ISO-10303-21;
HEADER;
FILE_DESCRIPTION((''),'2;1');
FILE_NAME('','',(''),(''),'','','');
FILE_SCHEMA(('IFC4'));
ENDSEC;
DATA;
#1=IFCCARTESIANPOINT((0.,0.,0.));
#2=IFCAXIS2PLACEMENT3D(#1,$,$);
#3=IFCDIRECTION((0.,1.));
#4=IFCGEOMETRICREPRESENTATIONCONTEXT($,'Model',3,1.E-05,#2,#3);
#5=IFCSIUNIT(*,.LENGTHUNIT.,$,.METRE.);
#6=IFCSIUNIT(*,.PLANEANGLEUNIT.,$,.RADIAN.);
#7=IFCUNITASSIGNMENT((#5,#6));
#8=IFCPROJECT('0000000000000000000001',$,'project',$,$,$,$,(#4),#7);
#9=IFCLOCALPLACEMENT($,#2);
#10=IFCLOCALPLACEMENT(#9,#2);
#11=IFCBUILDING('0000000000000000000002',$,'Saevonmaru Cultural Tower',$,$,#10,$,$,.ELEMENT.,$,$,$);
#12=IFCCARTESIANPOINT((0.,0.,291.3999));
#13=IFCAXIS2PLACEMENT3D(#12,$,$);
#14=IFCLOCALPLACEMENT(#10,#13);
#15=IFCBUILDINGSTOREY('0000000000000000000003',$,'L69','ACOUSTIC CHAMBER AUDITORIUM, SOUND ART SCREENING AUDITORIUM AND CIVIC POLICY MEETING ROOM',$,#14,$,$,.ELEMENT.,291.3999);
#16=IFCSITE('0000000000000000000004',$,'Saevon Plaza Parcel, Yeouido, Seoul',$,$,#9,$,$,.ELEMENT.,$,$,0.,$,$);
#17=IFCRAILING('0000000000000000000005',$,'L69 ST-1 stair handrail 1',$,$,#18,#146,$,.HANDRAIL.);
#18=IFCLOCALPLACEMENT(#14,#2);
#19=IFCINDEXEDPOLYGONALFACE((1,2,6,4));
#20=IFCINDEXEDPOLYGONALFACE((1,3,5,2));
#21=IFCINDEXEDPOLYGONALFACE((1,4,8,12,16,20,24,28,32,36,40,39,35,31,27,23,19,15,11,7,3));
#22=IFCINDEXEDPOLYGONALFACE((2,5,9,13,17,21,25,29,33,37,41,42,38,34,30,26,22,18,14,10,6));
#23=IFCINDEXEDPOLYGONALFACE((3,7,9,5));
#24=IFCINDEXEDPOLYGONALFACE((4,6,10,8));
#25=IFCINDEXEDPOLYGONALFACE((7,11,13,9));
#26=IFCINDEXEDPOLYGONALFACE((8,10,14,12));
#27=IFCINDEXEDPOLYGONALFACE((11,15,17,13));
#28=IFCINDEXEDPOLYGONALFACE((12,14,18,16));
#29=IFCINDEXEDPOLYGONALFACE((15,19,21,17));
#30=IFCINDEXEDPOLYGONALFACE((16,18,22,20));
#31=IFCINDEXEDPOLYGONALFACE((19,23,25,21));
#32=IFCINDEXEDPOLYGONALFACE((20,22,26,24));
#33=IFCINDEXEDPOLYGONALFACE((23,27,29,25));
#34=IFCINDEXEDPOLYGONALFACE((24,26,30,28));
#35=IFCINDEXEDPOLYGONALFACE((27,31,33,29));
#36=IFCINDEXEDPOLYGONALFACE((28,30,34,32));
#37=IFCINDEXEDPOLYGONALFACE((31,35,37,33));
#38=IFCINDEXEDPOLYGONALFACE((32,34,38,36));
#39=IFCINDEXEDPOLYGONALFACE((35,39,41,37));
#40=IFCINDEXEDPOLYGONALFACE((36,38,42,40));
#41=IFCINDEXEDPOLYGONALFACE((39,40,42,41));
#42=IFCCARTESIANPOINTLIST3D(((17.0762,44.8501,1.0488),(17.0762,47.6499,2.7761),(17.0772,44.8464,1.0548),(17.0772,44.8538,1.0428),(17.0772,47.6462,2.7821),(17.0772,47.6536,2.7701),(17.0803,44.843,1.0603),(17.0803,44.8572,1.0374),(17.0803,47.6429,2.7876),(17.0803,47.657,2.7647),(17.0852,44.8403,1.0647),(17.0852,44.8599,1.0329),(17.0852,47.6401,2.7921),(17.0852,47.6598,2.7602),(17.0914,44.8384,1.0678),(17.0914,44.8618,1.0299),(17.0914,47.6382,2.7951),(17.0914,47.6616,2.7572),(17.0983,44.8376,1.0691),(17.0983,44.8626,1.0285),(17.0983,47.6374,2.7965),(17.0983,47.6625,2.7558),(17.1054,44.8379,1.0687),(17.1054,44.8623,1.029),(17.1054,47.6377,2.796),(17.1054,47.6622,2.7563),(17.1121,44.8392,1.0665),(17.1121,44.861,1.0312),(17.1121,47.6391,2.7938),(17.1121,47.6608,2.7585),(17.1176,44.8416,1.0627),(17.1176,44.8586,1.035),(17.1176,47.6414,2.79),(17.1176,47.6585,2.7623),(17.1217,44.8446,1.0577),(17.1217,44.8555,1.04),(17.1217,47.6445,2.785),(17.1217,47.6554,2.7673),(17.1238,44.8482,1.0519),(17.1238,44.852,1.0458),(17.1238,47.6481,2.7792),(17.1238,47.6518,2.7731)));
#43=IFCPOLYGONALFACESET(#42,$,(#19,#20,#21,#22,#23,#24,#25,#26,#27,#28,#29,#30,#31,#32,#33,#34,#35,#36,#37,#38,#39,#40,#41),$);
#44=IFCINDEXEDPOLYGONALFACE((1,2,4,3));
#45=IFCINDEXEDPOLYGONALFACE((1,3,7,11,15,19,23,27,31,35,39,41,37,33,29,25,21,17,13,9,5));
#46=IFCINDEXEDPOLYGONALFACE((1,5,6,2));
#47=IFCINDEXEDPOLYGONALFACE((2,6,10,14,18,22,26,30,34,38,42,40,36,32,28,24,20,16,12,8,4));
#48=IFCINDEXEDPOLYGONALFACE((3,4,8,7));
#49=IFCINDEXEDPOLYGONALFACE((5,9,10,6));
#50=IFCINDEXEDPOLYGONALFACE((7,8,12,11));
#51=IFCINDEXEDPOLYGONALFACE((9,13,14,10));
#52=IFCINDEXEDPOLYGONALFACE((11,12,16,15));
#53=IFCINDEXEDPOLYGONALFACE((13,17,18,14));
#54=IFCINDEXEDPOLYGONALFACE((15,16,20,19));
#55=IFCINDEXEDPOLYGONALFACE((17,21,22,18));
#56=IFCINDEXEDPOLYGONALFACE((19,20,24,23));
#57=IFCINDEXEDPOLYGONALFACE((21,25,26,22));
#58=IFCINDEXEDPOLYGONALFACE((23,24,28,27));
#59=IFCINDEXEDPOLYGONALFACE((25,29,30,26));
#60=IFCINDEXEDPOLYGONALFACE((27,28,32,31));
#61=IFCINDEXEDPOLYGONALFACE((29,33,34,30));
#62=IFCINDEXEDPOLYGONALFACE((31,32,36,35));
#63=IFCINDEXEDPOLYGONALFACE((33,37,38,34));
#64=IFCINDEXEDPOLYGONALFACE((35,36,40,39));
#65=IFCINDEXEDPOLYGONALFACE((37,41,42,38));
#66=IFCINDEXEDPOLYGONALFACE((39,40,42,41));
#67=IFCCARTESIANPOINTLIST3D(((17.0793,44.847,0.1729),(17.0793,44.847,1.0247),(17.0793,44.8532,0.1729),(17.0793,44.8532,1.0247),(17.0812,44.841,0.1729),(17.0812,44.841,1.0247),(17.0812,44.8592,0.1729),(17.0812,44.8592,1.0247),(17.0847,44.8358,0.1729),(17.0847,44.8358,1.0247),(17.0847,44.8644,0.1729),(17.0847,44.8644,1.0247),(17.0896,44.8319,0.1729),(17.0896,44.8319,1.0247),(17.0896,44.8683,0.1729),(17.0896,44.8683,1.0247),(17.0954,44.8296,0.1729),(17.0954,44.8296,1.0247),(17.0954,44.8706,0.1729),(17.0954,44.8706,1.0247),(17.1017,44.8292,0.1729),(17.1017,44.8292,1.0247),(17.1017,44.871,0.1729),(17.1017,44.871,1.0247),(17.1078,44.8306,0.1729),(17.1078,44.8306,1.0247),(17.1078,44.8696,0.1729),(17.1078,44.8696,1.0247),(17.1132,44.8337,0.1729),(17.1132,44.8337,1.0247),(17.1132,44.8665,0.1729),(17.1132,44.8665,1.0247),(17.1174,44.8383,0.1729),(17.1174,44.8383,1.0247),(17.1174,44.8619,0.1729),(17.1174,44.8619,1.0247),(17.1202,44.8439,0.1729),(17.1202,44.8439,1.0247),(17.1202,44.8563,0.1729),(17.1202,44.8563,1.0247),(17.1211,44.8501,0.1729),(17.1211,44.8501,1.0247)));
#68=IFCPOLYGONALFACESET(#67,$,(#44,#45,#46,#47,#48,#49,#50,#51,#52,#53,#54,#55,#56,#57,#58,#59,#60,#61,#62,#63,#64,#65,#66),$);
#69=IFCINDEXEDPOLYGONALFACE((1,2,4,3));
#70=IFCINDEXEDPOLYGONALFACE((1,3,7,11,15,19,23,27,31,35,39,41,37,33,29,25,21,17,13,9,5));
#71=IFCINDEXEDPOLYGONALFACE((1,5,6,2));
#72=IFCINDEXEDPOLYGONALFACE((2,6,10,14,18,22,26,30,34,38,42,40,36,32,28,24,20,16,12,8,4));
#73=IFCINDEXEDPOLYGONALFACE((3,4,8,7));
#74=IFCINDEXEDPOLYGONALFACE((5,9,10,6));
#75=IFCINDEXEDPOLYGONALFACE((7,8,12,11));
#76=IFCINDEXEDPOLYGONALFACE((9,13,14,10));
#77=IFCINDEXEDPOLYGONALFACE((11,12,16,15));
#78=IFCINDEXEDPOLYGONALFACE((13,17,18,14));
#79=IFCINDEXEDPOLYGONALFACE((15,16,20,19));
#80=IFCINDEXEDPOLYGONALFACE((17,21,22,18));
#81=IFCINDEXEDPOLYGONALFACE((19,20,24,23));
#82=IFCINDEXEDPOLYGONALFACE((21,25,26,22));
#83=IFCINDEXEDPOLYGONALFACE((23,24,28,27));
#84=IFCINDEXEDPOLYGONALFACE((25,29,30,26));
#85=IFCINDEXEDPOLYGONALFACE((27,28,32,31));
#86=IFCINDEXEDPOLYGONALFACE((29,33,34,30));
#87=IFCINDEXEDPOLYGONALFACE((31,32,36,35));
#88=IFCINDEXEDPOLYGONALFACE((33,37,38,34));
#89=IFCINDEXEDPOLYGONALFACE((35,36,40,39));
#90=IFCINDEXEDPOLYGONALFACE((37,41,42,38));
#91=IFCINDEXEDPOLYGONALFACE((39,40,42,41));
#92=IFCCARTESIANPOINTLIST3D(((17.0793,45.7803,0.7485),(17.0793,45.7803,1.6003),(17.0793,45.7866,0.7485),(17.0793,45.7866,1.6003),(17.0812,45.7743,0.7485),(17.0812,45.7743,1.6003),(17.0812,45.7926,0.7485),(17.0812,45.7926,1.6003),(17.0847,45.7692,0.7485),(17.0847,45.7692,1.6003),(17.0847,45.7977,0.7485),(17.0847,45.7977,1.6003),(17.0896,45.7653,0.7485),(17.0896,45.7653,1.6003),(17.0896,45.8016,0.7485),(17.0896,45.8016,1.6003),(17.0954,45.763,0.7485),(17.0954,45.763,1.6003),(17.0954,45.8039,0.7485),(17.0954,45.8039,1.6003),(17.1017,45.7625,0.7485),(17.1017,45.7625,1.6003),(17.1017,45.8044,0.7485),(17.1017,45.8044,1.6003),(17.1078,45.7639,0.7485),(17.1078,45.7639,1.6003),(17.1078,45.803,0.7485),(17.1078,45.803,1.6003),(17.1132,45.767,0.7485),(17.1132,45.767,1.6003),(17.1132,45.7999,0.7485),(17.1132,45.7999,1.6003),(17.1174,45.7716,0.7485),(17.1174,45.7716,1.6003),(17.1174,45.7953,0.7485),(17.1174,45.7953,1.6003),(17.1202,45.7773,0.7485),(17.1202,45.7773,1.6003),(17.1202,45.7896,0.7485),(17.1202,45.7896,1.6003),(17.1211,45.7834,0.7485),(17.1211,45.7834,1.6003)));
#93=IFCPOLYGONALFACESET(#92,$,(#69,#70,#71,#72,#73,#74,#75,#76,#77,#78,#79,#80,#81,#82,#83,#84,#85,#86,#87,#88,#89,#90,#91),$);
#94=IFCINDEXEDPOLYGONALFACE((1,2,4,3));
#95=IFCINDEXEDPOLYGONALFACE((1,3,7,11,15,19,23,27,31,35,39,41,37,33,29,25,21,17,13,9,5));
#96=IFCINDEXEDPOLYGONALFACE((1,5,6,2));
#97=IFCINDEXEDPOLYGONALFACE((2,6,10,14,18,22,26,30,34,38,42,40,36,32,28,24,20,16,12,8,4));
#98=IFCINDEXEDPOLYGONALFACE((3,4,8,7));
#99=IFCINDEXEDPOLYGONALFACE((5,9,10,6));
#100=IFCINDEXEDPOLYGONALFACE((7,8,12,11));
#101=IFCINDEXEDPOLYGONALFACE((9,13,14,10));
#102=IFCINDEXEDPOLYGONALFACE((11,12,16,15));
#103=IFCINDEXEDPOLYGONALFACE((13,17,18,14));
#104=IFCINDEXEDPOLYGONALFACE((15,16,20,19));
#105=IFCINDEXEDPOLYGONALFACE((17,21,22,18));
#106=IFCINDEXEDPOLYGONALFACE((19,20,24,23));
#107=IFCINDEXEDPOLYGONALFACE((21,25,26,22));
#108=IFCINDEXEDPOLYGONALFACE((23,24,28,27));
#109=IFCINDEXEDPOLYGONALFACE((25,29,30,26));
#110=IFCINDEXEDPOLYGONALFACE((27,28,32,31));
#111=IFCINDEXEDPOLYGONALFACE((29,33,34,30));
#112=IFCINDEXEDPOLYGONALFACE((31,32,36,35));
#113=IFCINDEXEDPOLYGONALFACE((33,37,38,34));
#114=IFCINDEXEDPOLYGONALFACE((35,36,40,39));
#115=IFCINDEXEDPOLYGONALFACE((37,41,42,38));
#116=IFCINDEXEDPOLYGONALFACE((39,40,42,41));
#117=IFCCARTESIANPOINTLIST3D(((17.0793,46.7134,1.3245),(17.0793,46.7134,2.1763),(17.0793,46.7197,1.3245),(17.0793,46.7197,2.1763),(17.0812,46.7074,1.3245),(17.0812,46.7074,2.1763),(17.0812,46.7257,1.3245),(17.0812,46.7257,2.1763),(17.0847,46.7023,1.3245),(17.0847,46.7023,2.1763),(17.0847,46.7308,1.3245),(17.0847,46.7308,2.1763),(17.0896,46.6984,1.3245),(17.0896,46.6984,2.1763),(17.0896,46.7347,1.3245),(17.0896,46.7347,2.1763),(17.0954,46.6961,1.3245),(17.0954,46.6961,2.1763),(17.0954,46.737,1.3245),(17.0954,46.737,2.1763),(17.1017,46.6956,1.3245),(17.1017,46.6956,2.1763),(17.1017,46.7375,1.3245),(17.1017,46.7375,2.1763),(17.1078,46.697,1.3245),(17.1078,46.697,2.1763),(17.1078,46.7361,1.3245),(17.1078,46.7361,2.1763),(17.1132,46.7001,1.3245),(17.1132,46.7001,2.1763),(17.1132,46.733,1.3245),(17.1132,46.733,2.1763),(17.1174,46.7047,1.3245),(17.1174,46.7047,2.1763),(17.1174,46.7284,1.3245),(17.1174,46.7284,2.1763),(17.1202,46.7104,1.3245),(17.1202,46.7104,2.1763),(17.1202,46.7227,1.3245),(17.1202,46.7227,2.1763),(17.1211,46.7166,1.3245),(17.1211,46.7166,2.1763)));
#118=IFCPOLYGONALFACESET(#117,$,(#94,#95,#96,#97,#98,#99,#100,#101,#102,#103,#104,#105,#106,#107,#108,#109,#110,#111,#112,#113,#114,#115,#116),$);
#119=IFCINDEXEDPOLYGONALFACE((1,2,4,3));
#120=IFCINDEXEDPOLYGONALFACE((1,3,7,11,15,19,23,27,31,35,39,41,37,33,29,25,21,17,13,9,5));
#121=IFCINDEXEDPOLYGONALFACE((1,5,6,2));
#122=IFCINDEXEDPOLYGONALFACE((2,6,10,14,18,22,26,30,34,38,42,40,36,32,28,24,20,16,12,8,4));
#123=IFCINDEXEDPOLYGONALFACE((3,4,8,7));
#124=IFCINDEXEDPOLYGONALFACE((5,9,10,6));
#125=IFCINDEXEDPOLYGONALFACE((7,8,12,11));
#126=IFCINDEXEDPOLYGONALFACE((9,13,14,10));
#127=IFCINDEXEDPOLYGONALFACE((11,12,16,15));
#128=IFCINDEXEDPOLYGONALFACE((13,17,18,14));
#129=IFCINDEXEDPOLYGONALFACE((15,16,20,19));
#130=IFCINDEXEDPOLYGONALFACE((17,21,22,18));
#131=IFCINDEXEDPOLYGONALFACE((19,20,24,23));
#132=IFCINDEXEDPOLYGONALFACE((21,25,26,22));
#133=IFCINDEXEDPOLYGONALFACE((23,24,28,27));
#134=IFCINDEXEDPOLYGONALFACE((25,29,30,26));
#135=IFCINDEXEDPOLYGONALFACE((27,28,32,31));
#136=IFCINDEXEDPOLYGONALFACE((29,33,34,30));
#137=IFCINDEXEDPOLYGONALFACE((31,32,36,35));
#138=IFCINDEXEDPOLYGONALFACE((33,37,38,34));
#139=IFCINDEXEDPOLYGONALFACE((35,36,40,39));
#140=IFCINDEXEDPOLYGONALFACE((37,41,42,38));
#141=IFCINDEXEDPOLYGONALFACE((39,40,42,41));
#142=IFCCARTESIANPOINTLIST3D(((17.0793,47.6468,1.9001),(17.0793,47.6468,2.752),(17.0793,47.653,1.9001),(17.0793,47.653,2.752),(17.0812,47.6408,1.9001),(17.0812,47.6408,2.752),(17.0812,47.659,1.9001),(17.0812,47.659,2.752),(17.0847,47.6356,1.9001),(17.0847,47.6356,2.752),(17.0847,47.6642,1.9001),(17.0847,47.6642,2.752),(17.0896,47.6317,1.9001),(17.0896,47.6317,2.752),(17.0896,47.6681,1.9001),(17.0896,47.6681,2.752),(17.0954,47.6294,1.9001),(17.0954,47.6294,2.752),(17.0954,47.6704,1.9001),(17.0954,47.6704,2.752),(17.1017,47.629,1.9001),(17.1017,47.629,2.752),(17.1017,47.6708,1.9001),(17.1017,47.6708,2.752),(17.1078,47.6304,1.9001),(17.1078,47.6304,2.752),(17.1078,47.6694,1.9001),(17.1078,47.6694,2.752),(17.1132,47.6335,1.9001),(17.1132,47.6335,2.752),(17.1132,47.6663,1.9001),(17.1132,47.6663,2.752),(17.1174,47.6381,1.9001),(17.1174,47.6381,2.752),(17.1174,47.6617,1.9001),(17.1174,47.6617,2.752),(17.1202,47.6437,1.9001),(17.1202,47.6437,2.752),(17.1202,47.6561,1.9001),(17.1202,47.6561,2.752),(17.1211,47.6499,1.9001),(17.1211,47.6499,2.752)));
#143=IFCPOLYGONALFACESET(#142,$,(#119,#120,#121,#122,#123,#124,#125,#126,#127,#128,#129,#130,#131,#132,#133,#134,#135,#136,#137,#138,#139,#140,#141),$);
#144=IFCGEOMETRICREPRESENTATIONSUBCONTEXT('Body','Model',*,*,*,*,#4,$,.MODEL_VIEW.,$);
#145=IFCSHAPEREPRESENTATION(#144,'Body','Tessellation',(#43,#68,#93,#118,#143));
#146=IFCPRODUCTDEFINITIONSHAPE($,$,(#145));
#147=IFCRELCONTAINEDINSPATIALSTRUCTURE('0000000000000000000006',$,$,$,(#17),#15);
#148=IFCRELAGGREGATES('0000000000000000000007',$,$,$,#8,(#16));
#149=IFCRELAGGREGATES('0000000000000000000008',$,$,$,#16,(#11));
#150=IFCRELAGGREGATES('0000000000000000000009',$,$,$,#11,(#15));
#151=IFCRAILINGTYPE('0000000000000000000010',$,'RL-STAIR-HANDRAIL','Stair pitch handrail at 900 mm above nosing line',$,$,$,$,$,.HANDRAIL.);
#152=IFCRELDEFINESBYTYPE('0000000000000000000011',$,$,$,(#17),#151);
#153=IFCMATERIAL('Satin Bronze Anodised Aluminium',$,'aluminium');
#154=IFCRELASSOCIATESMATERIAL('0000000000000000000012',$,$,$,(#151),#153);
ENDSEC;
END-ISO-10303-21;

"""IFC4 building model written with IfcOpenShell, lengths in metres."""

from ifc_helpers import new_model, si_unit, direction, frame, origin, origin_2d, place, context, subcontext, project, spatial, circle, extrude, material, type_object, element, save


model = new_model("IFC4")

# Units and contexts
model_context = context("Model", 3, precision=1e-05, world=origin(), true_north=direction((0.0, 1.0)))
body_context = subcontext(model_context, "Body", "Model", "MODEL_VIEW")
ifc_project = project(units=[si_unit("LENGTHUNIT", "METRE"), si_unit("PLANEANGLEUNIT", "RADIAN")], contexts=[model_context])

# Site, building, storey
site_placement = place(None, origin())
site = spatial("IfcSite", under=ifc_project, at=site_placement, Name="Saevon Plaza Parcel, Yeouido, Seoul", CompositionType="ELEMENT", RefElevation=0.0)
building_placement = place(site_placement, origin())
building = spatial("IfcBuilding", under=site, at=building_placement, Name="Saevonmaru Cultural Tower", CompositionType="ELEMENT")
storey_placement = place(building_placement, frame((0.0, 0.0, 291.3999)))
storey = spatial("IfcBuildingStorey", under=building, at=storey_placement, Name="L69", Description="ACOUSTIC CHAMBER AUDITORIUM, SOUND ART SCREENING AUDITORIUM AND CIVIC POLICY MEETING ROOM", CompositionType="ELEMENT", Elevation=291.3999)

# Shared definitions
ifc_material_1 = material(Name="Satin Bronze Anodised Aluminium", Category="aluminium")

# Railing
railing_type_1 = type_object("IfcRailingType", Name="RL-STAIR-HANDRAIL", Description="Stair pitch handrail at 900 mm above nosing line", PredefinedType="HANDRAIL", material=ifc_material_1)
railing_1_placement = place(storey_placement, frame((17.1001, 44.8501, 0.1729)))
element("IfcRailing", 1, at=railing_1_placement, inside=storey, type_object=railing_type_1, Name="L69 ST-1 stair handrail 1", PredefinedType="HANDRAIL", context=body_context, shape_type="SweptSolid", body=[
    extrude(circle(Radius=0.0239, at=origin_2d()), frame((0.0, 0.0, 0.876), z_axis=(0.0, 0.851069, 0.525054), x_axis=(-1.0, 0.0, 0.0)), (0.0, 0.0, 1.0), 3.2898),
    extrude(circle(Radius=0.021, at=origin_2d()), origin(), (0.0, 0.0, 1.0), 0.8518),
    extrude(circle(Radius=0.021, at=origin_2d()), frame((0.0, 0.9333, 0.5757)), (0.0, 0.0, 1.0), 0.8518),
    extrude(circle(Radius=0.021, at=origin_2d()), frame((0.0, 1.8665, 1.1516)), (0.0, 0.0, 1.0), 0.8518),
    extrude(circle(Radius=0.021, at=origin_2d()), frame((0.0, 2.7998, 1.7273)), (0.0, 0.0, 1.0), 0.8518),
])

save(model, "model.ifc")
